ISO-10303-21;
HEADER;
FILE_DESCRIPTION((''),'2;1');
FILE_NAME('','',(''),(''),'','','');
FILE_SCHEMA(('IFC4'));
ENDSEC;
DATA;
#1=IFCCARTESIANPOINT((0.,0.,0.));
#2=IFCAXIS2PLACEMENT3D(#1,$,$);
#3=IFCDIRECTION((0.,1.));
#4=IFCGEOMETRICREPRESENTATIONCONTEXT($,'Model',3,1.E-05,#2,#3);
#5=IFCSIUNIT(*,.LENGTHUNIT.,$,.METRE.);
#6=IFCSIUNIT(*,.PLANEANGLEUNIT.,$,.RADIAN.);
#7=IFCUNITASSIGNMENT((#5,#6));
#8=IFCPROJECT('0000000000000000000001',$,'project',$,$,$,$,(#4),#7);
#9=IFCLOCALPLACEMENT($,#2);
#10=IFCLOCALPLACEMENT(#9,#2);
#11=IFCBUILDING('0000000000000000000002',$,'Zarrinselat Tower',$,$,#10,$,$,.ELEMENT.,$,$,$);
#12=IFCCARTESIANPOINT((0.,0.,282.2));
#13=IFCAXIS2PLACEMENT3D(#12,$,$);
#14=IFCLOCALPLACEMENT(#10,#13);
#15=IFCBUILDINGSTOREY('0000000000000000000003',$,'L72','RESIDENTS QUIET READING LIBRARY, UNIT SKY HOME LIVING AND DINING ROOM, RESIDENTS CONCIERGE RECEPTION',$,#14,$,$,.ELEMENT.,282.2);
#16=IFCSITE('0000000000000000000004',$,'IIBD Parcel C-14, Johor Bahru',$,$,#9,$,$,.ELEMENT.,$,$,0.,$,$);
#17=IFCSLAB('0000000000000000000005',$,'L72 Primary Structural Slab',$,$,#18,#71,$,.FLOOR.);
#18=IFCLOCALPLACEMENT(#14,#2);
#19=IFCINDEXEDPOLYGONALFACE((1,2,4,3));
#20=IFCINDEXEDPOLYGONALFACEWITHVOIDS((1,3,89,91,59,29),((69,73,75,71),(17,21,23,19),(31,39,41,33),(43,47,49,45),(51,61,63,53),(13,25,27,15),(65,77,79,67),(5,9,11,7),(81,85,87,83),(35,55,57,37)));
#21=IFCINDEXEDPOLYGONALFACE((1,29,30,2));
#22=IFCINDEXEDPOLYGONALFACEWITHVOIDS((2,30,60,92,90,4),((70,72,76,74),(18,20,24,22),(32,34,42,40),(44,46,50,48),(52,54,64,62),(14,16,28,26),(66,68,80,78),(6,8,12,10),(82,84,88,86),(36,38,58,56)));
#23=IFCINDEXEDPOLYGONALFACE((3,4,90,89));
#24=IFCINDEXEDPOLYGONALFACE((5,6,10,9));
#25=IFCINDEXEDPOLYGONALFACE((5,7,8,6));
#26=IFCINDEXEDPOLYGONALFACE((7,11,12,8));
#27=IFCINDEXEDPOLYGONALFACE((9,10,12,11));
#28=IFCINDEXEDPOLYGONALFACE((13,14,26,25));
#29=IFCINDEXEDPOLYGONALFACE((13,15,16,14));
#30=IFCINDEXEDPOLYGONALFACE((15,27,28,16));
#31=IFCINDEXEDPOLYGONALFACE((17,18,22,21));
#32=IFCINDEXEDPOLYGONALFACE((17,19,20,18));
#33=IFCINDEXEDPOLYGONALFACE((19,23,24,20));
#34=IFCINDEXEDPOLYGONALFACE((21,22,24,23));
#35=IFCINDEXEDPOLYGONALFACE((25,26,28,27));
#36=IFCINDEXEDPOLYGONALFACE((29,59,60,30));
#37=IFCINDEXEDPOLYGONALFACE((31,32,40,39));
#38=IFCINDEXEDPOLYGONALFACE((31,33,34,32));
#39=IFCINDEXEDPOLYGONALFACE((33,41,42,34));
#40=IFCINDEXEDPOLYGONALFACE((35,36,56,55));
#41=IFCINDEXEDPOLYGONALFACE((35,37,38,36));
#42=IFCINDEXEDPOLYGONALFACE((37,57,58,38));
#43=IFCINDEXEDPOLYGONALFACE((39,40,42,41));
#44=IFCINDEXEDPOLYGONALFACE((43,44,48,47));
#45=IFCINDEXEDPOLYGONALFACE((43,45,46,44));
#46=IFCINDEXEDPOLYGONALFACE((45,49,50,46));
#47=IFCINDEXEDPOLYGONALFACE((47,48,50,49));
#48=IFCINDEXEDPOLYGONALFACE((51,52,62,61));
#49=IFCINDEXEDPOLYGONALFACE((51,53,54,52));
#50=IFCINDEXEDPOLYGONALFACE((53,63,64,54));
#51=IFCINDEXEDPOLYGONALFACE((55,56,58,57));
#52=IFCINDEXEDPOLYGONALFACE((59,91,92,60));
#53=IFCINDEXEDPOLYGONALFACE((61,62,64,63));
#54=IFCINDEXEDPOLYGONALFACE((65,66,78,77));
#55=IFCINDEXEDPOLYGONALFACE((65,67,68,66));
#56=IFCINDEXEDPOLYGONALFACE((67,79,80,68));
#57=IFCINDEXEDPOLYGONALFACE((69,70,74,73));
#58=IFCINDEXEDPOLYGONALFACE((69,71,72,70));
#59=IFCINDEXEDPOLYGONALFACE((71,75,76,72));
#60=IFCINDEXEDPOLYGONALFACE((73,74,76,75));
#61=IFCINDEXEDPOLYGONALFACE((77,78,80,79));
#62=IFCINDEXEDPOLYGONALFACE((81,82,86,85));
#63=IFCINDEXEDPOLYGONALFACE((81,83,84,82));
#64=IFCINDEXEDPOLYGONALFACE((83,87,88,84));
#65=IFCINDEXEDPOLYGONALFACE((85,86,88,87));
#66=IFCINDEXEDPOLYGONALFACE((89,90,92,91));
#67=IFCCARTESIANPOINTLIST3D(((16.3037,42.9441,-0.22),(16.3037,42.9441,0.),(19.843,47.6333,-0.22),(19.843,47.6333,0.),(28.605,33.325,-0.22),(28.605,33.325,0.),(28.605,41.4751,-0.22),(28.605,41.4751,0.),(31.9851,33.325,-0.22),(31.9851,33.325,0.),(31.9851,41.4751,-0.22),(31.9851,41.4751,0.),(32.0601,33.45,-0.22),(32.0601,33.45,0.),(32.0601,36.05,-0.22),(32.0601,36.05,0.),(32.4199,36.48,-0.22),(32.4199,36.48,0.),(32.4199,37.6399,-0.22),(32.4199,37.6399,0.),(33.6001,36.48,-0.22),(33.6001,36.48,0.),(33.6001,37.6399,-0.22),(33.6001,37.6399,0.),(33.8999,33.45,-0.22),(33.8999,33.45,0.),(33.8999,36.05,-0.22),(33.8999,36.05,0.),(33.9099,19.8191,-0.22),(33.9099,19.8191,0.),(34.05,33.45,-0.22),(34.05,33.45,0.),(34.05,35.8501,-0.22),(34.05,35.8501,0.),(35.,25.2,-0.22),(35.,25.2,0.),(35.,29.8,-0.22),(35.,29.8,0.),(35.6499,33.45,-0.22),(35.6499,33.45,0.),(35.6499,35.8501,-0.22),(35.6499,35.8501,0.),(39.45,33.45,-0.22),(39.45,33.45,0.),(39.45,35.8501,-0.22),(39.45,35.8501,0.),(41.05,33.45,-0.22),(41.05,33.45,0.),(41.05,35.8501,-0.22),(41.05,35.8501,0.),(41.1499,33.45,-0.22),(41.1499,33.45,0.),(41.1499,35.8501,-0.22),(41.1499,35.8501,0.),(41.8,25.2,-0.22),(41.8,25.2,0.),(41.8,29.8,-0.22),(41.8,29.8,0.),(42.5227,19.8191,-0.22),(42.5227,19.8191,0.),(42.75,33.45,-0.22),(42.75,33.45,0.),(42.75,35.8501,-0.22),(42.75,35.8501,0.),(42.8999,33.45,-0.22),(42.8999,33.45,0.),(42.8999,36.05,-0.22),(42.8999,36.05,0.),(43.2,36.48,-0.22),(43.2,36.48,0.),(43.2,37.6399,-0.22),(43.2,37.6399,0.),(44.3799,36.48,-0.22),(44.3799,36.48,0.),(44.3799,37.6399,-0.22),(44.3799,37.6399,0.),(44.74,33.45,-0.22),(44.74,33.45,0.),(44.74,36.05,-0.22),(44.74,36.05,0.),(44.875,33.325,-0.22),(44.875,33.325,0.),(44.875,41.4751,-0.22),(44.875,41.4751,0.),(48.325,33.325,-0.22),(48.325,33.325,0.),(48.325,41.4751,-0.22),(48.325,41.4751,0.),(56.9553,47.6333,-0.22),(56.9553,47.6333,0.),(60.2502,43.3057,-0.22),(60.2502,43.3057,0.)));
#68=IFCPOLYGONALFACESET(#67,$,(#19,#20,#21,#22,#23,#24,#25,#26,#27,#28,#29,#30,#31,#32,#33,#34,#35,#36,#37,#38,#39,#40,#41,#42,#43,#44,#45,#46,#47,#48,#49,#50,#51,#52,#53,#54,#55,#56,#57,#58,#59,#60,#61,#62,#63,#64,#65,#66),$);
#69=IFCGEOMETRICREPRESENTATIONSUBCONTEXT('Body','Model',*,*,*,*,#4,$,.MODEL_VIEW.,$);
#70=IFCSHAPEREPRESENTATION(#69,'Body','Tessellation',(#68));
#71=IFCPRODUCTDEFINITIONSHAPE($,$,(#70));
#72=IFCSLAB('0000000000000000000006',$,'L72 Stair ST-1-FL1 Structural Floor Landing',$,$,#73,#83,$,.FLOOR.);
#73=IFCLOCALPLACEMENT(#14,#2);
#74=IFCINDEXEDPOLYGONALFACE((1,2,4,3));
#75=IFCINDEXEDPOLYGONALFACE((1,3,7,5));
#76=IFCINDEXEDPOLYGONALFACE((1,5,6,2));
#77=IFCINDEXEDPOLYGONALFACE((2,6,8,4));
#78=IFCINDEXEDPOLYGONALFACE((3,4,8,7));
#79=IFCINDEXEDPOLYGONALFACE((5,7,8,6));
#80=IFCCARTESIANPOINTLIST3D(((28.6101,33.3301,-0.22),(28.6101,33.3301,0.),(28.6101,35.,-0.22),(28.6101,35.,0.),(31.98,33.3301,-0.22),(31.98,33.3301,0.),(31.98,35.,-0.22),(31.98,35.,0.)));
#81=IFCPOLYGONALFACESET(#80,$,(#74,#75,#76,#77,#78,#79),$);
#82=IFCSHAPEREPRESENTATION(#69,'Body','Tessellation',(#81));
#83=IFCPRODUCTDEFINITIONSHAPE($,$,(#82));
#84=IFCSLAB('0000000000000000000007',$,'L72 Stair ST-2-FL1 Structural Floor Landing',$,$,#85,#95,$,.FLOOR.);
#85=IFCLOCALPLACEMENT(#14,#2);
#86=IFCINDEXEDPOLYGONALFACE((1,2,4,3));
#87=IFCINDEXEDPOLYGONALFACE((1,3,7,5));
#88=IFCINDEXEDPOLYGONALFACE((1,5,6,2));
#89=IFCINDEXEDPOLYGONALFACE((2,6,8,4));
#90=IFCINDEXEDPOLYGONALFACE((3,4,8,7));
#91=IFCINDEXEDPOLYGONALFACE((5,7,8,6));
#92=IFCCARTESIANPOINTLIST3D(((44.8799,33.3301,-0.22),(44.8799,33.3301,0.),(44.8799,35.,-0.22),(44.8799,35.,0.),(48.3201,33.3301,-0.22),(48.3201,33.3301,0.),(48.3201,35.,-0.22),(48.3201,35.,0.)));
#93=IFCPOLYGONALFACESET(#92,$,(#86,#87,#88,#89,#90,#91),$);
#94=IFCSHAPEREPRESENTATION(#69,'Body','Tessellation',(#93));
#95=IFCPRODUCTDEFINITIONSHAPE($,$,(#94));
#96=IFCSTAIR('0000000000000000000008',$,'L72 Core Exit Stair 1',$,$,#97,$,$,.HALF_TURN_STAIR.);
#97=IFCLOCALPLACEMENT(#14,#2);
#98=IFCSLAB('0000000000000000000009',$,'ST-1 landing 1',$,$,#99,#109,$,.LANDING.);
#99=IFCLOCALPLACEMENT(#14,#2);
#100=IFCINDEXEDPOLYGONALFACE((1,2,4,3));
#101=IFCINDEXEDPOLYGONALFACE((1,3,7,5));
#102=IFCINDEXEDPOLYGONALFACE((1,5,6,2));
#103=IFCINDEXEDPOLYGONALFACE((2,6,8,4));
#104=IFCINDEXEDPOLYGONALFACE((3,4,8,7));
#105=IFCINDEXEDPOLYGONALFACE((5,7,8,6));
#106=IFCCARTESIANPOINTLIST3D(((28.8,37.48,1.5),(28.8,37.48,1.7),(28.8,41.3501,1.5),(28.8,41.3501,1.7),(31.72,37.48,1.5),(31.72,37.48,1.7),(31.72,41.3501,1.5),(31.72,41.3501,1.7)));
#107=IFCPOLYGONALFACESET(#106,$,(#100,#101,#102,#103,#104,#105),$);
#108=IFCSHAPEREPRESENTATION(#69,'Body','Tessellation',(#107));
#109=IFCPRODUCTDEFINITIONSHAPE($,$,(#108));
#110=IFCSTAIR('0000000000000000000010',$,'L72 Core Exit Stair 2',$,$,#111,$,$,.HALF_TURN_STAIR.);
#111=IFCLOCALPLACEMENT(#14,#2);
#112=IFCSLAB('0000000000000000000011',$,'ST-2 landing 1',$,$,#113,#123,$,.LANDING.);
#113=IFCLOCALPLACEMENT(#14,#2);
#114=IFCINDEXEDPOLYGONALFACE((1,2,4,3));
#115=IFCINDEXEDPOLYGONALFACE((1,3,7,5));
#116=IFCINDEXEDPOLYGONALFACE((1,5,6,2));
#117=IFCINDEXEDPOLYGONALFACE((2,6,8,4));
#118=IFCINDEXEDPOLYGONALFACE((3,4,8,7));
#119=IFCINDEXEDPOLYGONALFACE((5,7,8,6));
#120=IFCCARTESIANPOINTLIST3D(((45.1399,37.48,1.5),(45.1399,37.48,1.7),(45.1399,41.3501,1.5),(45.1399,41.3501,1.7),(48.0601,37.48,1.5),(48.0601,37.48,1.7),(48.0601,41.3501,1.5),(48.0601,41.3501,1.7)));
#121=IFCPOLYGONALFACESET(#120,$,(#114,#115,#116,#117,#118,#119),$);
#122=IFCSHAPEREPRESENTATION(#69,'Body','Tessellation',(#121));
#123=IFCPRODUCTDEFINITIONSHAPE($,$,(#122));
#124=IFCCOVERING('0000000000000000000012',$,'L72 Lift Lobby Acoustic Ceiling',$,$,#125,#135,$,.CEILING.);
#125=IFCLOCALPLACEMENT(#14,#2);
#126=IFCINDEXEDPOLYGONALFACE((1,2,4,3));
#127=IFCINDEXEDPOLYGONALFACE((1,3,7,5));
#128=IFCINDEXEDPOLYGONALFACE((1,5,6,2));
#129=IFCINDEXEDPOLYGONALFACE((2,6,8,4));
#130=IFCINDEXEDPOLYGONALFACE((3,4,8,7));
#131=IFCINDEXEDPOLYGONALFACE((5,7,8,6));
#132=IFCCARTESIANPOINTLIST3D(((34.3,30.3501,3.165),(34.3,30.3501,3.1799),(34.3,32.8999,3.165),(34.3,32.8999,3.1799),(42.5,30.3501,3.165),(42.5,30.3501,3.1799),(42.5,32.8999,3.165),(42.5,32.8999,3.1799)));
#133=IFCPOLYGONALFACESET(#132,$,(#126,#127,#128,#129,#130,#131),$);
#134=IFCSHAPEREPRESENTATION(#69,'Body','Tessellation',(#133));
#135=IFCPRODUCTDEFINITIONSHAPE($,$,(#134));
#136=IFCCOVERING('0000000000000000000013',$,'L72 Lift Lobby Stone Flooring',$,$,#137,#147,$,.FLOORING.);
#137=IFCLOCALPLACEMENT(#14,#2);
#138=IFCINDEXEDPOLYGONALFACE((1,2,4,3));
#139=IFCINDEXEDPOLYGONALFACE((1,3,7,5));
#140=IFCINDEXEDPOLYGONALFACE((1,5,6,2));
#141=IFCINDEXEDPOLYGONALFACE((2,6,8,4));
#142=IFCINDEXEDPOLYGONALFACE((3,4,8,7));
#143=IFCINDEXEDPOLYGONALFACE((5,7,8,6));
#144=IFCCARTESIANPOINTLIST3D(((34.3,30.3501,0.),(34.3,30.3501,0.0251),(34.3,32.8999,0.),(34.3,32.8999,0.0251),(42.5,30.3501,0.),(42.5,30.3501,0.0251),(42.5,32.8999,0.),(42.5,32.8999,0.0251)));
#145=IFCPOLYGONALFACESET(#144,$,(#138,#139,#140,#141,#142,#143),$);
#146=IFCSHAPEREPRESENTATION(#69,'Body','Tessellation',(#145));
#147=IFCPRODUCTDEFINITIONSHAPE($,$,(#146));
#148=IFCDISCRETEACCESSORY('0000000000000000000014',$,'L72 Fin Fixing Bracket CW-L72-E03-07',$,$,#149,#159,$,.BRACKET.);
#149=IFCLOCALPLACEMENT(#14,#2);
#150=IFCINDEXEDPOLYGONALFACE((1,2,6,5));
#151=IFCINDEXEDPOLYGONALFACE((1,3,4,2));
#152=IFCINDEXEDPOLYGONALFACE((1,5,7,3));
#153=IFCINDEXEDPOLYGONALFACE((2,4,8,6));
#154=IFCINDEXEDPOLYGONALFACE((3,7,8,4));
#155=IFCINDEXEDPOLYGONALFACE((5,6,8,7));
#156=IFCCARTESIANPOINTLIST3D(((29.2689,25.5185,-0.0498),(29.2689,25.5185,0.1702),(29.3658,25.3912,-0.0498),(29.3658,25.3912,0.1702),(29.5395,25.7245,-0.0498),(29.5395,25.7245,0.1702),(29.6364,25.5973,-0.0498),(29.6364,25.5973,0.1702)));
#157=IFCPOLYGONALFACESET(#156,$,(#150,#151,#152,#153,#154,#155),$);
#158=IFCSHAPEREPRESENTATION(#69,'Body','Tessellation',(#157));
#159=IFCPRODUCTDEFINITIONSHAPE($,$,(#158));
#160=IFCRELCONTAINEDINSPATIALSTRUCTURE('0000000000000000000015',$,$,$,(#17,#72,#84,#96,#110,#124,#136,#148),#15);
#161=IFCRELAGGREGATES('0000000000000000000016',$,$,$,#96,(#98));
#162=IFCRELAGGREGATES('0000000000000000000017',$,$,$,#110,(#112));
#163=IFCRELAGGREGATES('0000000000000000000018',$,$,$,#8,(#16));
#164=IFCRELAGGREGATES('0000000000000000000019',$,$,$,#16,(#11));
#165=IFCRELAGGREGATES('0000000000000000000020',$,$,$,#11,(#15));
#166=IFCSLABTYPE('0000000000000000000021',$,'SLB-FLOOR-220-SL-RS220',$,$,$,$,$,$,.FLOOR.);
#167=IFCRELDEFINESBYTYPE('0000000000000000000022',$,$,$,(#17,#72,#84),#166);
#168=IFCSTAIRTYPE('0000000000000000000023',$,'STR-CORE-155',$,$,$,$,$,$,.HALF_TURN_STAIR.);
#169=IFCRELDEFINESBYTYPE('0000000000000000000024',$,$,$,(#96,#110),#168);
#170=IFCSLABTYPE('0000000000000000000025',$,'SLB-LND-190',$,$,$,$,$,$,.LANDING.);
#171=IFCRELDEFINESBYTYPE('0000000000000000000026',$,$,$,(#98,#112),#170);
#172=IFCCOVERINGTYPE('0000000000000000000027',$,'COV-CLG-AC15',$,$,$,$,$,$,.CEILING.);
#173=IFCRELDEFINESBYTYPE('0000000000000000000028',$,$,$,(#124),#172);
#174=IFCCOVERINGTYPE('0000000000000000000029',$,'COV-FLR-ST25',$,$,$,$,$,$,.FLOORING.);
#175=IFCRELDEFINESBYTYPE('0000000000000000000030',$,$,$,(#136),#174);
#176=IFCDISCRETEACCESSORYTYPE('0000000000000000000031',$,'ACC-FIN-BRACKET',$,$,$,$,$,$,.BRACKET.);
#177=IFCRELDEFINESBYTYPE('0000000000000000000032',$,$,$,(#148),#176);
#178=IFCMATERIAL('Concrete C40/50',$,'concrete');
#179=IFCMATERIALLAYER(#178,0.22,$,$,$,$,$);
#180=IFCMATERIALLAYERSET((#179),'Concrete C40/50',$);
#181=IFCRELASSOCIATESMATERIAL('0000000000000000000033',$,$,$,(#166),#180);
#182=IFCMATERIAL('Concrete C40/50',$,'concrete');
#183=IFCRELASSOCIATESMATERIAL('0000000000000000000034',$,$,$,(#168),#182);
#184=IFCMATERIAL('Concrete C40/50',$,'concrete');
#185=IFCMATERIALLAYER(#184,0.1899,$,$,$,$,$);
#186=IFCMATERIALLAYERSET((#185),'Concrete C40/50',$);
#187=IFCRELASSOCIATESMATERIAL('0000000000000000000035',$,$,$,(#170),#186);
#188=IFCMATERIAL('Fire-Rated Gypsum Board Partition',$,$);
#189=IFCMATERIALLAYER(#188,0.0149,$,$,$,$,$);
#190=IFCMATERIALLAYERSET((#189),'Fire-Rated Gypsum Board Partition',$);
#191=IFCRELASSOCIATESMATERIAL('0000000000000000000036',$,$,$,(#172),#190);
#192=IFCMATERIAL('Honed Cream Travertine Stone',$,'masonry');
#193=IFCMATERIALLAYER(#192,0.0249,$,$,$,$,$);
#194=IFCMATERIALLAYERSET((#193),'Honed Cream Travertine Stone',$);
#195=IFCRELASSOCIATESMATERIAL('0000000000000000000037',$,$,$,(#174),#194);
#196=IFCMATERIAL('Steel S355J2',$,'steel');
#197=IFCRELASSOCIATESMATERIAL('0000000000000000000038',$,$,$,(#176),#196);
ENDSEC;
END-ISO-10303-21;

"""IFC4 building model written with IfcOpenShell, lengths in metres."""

from ifc_helpers import new_model, si_unit, direction, frame, origin, origin_2d, place, context, subcontext, project, spatial, polyline, rectangle, outline, extrude, material, layer, layer_set, type_object, element, aggregate, save


model = new_model("IFC4")

# Units and contexts
model_context = context("Model", 3, precision=1e-05, world=origin(), true_north=direction((0.0, 1.0)))
body_context = subcontext(model_context, "Body", "Model", "MODEL_VIEW")
ifc_project = project(units=[si_unit("LENGTHUNIT", "METRE"), si_unit("PLANEANGLEUNIT", "RADIAN")], contexts=[model_context])

# Site, building, storey
site_placement = place(None, origin())
site = spatial("IfcSite", under=ifc_project, at=site_placement, Name="IIBD Parcel C-14, Johor Bahru", CompositionType="ELEMENT", RefElevation=0.0)
building_placement = place(site_placement, origin())
building = spatial("IfcBuilding", under=site, at=building_placement, Name="Zarrinselat Tower", CompositionType="ELEMENT")
storey_placement = place(building_placement, frame((0.0, 0.0, 282.2)))
storey = spatial("IfcBuildingStorey", under=building, at=storey_placement, Name="L72", Description="RESIDENTS QUIET READING LIBRARY, UNIT SKY HOME LIVING AND DINING ROOM, RESIDENTS CONCIERGE RECEPTION", CompositionType="ELEMENT", Elevation=282.2)

# Slabs
ifc_material_1 = material(Name="Concrete C40/50", Category="concrete")
ifc_layer_1 = layer(ifc_material_1, 0.22)
ifc_layer_set_1 = layer_set([ifc_layer_1], Name="Concrete C40/50")
slab_type_1 = type_object("IfcSlabType", Name="SLB-FLOOR-220-SL-RS220", PredefinedType="FLOOR", material=ifc_layer_set_1)
slab_1_placement = place(storey_placement, frame((0.0, 0.0, -0.22)))
element("IfcSlab", 1, at=slab_1_placement, inside=storey, type_object=slab_type_1, Name="L72 Primary Structural Slab", PredefinedType="FLOOR", context=body_context, shape_type="SweptSolid", body=[
    extrude(outline(polyline([(56.9553, 47.6333), (19.843, 47.6333), (16.3037, 42.9441), (33.9099, 19.8191), (42.5227, 19.8191), (60.2502, 43.3057), (56.9553, 47.6333)]), holes=[polyline([(41.8, 25.2), (35.0, 25.2), (35.0, 29.8), (41.8, 29.8), (41.8, 25.2)]), polyline([(35.6499, 33.45), (34.05, 33.45), (34.05, 35.8501), (35.6499, 35.8501), (35.6499, 33.45)]), polyline([(41.05, 33.45), (39.45, 33.45), (39.45, 35.8501), (41.05, 35.8501), (41.05, 33.45)]), polyline([(41.1499, 33.45), (41.1499, 35.8501), (42.75, 35.8501), (42.75, 33.45), (41.1499, 33.45)]), polyline([(32.0601, 33.45), (32.0601, 36.05), (33.8999, 36.05), (33.8999, 33.45), (32.0601, 33.45)]), polyline([(44.74, 33.45), (42.8999, 33.45), (42.8999, 36.05), (44.74, 36.05), (44.74, 33.45)]), polyline([(33.6001, 36.48), (32.4199, 36.48), (32.4199, 37.6399), (33.6001, 37.6399), (33.6001, 36.48)]), polyline([(44.3799, 36.48), (43.2, 36.48), (43.2, 37.6399), (44.3799, 37.6399), (44.3799, 36.48)]), polyline([(31.9851, 33.325), (28.605, 33.325), (28.605, 41.4751), (31.9851, 41.4751), (31.9851, 33.325)]), polyline([(48.325, 33.325), (44.875, 33.325), (44.875, 41.4751), (48.325, 41.4751), (48.325, 33.325)])]), origin(), (0.0, 0.0, 1.0), 0.22),
])
slab_2_placement = place(storey_placement, frame((0.0, 0.0, -0.22)))
element("IfcSlab", 2, at=slab_2_placement, inside=storey, type_object=slab_type_1, Name="L72 Stair ST-1-FL1 Structural Floor Landing", PredefinedType="FLOOR", context=body_context, shape_type="SweptSolid", body=[
    extrude(outline(polyline([(31.98, 33.3301), (31.98, 35.0), (28.6101, 35.0), (28.6101, 33.3301), (31.98, 33.3301)])), origin(), (0.0, 0.0, 1.0), 0.22),
])
slab_3_placement = place(storey_placement, frame((0.0, 0.0, -0.22)))
element("IfcSlab", 3, at=slab_3_placement, inside=storey, type_object=slab_type_1, Name="L72 Stair ST-2-FL1 Structural Floor Landing", PredefinedType="FLOOR", context=body_context, shape_type="SweptSolid", body=[
    extrude(outline(polyline([(48.3201, 33.3301), (48.3201, 35.0), (44.8799, 35.0), (44.8799, 33.3301), (48.3201, 33.3301)])), origin(), (0.0, 0.0, 1.0), 0.22),
])

# Stairs, slabs
ifc_material_2 = material(Name="Concrete C40/50", Category="concrete")
stair_type = type_object("IfcStairType", Name="STR-CORE-155", PredefinedType="HALF_TURN_STAIR", material=ifc_material_2)
stair_1_placement = place(storey_placement, origin())
stair_1 = element("IfcStair", 4, at=stair_1_placement, inside=storey, type_object=stair_type, Name="L72 Core Exit Stair 1", PredefinedType="HALF_TURN_STAIR")
ifc_material_3 = material(Name="Concrete C40/50", Category="concrete")
ifc_layer_2 = layer(ifc_material_3, 0.1899)
ifc_layer_set_2 = layer_set([ifc_layer_2], Name="Concrete C40/50")
slab_type_2 = type_object("IfcSlabType", Name="SLB-LND-190", PredefinedType="LANDING", material=ifc_layer_set_2)
slab_4_placement = place(storey_placement, frame((0.0, 0.0, 1.5)))
slab_4 = element("IfcSlab", 5, at=slab_4_placement, type_object=slab_type_2, Name="ST-1 landing 1", PredefinedType="LANDING", context=body_context, shape_type="SweptSolid", body=[
    extrude(outline(polyline([(31.72, 37.48), (31.72, 41.3501), (28.8, 41.3501), (28.8, 37.48), (31.72, 37.48)])), origin(), (0.0, 0.0, 1.0), 0.2),
])
aggregate(stair_1, [slab_4])
stair_2_placement = place(storey_placement, origin())
stair_2 = element("IfcStair", 6, at=stair_2_placement, inside=storey, type_object=stair_type, Name="L72 Core Exit Stair 2", PredefinedType="HALF_TURN_STAIR")
slab_5_placement = place(storey_placement, frame((0.0, 0.0, 1.5)))
slab_5 = element("IfcSlab", 7, at=slab_5_placement, type_object=slab_type_2, Name="ST-2 landing 1", PredefinedType="LANDING", context=body_context, shape_type="SweptSolid", body=[
    extrude(outline(polyline([(48.0601, 37.48), (48.0601, 41.3501), (45.1399, 41.3501), (45.1399, 37.48), (48.0601, 37.48)])), origin(), (0.0, 0.0, 1.0), 0.2),
])
aggregate(stair_2, [slab_5])

# Coverings
ifc_material_4 = material(Name="Fire-Rated Gypsum Board Partition")
ifc_layer_3 = layer(ifc_material_4, 0.0149)
ifc_layer_set_3 = layer_set([ifc_layer_3], Name="Fire-Rated Gypsum Board Partition")
covering_type_1 = type_object("IfcCoveringType", Name="COV-CLG-AC15", PredefinedType="CEILING", material=ifc_layer_set_3)
covering_1_placement = place(storey_placement, frame((0.0, 0.0, 3.165)))
element("IfcCovering", 8, at=covering_1_placement, inside=storey, type_object=covering_type_1, Name="L72 Lift Lobby Acoustic Ceiling", PredefinedType="CEILING", context=body_context, shape_type="SweptSolid", body=[
    extrude(outline(polyline([(34.3, 30.3501), (42.5, 30.3501), (42.5, 32.8999), (34.3, 32.8999), (34.3, 30.3501)])), origin(), (0.0, 0.0, 1.0), 0.0149),
])
ifc_material_5 = material(Name="Honed Cream Travertine Stone", Category="masonry")
ifc_layer_4 = layer(ifc_material_5, 0.0249)
ifc_layer_set_4 = layer_set([ifc_layer_4], Name="Honed Cream Travertine Stone")
covering_type_2 = type_object("IfcCoveringType", Name="COV-FLR-ST25", PredefinedType="FLOORING", material=ifc_layer_set_4)
covering_2_placement = place(storey_placement, origin())
element("IfcCovering", 9, at=covering_2_placement, inside=storey, type_object=covering_type_2, Name="L72 Lift Lobby Stone Flooring", PredefinedType="FLOORING", context=body_context, shape_type="SweptSolid", body=[
    extrude(outline(polyline([(34.3, 30.3501), (42.5, 30.3501), (42.5, 32.8999), (34.3, 32.8999), (34.3, 30.3501)])), origin(), (0.0, 0.0, 1.0), 0.0251),
])

# Discrete accessory
ifc_material_6 = material(Name="Steel S355J2", Category="steel")
discrete_accessory_type = type_object("IfcDiscreteAccessoryType", Name="ACC-FIN-BRACKET", PredefinedType="BRACKET", material=ifc_material_6)
discrete_accessory_placement = place(storey_placement, frame((29.4526, 25.5579, -0.0498), z_axis=(0.0, 0.0, 1.0), x_axis=(-0.795642, -0.605767, 0.0)))
element("IfcDiscreteAccessory", 10, at=discrete_accessory_placement, inside=storey, type_object=discrete_accessory_type, Name="L72 Fin Fixing Bracket CW-L72-E03-07", PredefinedType="BRACKET", context=body_context, shape_type="SweptSolid", body=[
    extrude(rectangle(XDim=0.3401, YDim=0.1599, at=origin_2d()), origin(), (0.0, 0.0, 1.0), 0.22),
])

save(model, "model.ifc")
